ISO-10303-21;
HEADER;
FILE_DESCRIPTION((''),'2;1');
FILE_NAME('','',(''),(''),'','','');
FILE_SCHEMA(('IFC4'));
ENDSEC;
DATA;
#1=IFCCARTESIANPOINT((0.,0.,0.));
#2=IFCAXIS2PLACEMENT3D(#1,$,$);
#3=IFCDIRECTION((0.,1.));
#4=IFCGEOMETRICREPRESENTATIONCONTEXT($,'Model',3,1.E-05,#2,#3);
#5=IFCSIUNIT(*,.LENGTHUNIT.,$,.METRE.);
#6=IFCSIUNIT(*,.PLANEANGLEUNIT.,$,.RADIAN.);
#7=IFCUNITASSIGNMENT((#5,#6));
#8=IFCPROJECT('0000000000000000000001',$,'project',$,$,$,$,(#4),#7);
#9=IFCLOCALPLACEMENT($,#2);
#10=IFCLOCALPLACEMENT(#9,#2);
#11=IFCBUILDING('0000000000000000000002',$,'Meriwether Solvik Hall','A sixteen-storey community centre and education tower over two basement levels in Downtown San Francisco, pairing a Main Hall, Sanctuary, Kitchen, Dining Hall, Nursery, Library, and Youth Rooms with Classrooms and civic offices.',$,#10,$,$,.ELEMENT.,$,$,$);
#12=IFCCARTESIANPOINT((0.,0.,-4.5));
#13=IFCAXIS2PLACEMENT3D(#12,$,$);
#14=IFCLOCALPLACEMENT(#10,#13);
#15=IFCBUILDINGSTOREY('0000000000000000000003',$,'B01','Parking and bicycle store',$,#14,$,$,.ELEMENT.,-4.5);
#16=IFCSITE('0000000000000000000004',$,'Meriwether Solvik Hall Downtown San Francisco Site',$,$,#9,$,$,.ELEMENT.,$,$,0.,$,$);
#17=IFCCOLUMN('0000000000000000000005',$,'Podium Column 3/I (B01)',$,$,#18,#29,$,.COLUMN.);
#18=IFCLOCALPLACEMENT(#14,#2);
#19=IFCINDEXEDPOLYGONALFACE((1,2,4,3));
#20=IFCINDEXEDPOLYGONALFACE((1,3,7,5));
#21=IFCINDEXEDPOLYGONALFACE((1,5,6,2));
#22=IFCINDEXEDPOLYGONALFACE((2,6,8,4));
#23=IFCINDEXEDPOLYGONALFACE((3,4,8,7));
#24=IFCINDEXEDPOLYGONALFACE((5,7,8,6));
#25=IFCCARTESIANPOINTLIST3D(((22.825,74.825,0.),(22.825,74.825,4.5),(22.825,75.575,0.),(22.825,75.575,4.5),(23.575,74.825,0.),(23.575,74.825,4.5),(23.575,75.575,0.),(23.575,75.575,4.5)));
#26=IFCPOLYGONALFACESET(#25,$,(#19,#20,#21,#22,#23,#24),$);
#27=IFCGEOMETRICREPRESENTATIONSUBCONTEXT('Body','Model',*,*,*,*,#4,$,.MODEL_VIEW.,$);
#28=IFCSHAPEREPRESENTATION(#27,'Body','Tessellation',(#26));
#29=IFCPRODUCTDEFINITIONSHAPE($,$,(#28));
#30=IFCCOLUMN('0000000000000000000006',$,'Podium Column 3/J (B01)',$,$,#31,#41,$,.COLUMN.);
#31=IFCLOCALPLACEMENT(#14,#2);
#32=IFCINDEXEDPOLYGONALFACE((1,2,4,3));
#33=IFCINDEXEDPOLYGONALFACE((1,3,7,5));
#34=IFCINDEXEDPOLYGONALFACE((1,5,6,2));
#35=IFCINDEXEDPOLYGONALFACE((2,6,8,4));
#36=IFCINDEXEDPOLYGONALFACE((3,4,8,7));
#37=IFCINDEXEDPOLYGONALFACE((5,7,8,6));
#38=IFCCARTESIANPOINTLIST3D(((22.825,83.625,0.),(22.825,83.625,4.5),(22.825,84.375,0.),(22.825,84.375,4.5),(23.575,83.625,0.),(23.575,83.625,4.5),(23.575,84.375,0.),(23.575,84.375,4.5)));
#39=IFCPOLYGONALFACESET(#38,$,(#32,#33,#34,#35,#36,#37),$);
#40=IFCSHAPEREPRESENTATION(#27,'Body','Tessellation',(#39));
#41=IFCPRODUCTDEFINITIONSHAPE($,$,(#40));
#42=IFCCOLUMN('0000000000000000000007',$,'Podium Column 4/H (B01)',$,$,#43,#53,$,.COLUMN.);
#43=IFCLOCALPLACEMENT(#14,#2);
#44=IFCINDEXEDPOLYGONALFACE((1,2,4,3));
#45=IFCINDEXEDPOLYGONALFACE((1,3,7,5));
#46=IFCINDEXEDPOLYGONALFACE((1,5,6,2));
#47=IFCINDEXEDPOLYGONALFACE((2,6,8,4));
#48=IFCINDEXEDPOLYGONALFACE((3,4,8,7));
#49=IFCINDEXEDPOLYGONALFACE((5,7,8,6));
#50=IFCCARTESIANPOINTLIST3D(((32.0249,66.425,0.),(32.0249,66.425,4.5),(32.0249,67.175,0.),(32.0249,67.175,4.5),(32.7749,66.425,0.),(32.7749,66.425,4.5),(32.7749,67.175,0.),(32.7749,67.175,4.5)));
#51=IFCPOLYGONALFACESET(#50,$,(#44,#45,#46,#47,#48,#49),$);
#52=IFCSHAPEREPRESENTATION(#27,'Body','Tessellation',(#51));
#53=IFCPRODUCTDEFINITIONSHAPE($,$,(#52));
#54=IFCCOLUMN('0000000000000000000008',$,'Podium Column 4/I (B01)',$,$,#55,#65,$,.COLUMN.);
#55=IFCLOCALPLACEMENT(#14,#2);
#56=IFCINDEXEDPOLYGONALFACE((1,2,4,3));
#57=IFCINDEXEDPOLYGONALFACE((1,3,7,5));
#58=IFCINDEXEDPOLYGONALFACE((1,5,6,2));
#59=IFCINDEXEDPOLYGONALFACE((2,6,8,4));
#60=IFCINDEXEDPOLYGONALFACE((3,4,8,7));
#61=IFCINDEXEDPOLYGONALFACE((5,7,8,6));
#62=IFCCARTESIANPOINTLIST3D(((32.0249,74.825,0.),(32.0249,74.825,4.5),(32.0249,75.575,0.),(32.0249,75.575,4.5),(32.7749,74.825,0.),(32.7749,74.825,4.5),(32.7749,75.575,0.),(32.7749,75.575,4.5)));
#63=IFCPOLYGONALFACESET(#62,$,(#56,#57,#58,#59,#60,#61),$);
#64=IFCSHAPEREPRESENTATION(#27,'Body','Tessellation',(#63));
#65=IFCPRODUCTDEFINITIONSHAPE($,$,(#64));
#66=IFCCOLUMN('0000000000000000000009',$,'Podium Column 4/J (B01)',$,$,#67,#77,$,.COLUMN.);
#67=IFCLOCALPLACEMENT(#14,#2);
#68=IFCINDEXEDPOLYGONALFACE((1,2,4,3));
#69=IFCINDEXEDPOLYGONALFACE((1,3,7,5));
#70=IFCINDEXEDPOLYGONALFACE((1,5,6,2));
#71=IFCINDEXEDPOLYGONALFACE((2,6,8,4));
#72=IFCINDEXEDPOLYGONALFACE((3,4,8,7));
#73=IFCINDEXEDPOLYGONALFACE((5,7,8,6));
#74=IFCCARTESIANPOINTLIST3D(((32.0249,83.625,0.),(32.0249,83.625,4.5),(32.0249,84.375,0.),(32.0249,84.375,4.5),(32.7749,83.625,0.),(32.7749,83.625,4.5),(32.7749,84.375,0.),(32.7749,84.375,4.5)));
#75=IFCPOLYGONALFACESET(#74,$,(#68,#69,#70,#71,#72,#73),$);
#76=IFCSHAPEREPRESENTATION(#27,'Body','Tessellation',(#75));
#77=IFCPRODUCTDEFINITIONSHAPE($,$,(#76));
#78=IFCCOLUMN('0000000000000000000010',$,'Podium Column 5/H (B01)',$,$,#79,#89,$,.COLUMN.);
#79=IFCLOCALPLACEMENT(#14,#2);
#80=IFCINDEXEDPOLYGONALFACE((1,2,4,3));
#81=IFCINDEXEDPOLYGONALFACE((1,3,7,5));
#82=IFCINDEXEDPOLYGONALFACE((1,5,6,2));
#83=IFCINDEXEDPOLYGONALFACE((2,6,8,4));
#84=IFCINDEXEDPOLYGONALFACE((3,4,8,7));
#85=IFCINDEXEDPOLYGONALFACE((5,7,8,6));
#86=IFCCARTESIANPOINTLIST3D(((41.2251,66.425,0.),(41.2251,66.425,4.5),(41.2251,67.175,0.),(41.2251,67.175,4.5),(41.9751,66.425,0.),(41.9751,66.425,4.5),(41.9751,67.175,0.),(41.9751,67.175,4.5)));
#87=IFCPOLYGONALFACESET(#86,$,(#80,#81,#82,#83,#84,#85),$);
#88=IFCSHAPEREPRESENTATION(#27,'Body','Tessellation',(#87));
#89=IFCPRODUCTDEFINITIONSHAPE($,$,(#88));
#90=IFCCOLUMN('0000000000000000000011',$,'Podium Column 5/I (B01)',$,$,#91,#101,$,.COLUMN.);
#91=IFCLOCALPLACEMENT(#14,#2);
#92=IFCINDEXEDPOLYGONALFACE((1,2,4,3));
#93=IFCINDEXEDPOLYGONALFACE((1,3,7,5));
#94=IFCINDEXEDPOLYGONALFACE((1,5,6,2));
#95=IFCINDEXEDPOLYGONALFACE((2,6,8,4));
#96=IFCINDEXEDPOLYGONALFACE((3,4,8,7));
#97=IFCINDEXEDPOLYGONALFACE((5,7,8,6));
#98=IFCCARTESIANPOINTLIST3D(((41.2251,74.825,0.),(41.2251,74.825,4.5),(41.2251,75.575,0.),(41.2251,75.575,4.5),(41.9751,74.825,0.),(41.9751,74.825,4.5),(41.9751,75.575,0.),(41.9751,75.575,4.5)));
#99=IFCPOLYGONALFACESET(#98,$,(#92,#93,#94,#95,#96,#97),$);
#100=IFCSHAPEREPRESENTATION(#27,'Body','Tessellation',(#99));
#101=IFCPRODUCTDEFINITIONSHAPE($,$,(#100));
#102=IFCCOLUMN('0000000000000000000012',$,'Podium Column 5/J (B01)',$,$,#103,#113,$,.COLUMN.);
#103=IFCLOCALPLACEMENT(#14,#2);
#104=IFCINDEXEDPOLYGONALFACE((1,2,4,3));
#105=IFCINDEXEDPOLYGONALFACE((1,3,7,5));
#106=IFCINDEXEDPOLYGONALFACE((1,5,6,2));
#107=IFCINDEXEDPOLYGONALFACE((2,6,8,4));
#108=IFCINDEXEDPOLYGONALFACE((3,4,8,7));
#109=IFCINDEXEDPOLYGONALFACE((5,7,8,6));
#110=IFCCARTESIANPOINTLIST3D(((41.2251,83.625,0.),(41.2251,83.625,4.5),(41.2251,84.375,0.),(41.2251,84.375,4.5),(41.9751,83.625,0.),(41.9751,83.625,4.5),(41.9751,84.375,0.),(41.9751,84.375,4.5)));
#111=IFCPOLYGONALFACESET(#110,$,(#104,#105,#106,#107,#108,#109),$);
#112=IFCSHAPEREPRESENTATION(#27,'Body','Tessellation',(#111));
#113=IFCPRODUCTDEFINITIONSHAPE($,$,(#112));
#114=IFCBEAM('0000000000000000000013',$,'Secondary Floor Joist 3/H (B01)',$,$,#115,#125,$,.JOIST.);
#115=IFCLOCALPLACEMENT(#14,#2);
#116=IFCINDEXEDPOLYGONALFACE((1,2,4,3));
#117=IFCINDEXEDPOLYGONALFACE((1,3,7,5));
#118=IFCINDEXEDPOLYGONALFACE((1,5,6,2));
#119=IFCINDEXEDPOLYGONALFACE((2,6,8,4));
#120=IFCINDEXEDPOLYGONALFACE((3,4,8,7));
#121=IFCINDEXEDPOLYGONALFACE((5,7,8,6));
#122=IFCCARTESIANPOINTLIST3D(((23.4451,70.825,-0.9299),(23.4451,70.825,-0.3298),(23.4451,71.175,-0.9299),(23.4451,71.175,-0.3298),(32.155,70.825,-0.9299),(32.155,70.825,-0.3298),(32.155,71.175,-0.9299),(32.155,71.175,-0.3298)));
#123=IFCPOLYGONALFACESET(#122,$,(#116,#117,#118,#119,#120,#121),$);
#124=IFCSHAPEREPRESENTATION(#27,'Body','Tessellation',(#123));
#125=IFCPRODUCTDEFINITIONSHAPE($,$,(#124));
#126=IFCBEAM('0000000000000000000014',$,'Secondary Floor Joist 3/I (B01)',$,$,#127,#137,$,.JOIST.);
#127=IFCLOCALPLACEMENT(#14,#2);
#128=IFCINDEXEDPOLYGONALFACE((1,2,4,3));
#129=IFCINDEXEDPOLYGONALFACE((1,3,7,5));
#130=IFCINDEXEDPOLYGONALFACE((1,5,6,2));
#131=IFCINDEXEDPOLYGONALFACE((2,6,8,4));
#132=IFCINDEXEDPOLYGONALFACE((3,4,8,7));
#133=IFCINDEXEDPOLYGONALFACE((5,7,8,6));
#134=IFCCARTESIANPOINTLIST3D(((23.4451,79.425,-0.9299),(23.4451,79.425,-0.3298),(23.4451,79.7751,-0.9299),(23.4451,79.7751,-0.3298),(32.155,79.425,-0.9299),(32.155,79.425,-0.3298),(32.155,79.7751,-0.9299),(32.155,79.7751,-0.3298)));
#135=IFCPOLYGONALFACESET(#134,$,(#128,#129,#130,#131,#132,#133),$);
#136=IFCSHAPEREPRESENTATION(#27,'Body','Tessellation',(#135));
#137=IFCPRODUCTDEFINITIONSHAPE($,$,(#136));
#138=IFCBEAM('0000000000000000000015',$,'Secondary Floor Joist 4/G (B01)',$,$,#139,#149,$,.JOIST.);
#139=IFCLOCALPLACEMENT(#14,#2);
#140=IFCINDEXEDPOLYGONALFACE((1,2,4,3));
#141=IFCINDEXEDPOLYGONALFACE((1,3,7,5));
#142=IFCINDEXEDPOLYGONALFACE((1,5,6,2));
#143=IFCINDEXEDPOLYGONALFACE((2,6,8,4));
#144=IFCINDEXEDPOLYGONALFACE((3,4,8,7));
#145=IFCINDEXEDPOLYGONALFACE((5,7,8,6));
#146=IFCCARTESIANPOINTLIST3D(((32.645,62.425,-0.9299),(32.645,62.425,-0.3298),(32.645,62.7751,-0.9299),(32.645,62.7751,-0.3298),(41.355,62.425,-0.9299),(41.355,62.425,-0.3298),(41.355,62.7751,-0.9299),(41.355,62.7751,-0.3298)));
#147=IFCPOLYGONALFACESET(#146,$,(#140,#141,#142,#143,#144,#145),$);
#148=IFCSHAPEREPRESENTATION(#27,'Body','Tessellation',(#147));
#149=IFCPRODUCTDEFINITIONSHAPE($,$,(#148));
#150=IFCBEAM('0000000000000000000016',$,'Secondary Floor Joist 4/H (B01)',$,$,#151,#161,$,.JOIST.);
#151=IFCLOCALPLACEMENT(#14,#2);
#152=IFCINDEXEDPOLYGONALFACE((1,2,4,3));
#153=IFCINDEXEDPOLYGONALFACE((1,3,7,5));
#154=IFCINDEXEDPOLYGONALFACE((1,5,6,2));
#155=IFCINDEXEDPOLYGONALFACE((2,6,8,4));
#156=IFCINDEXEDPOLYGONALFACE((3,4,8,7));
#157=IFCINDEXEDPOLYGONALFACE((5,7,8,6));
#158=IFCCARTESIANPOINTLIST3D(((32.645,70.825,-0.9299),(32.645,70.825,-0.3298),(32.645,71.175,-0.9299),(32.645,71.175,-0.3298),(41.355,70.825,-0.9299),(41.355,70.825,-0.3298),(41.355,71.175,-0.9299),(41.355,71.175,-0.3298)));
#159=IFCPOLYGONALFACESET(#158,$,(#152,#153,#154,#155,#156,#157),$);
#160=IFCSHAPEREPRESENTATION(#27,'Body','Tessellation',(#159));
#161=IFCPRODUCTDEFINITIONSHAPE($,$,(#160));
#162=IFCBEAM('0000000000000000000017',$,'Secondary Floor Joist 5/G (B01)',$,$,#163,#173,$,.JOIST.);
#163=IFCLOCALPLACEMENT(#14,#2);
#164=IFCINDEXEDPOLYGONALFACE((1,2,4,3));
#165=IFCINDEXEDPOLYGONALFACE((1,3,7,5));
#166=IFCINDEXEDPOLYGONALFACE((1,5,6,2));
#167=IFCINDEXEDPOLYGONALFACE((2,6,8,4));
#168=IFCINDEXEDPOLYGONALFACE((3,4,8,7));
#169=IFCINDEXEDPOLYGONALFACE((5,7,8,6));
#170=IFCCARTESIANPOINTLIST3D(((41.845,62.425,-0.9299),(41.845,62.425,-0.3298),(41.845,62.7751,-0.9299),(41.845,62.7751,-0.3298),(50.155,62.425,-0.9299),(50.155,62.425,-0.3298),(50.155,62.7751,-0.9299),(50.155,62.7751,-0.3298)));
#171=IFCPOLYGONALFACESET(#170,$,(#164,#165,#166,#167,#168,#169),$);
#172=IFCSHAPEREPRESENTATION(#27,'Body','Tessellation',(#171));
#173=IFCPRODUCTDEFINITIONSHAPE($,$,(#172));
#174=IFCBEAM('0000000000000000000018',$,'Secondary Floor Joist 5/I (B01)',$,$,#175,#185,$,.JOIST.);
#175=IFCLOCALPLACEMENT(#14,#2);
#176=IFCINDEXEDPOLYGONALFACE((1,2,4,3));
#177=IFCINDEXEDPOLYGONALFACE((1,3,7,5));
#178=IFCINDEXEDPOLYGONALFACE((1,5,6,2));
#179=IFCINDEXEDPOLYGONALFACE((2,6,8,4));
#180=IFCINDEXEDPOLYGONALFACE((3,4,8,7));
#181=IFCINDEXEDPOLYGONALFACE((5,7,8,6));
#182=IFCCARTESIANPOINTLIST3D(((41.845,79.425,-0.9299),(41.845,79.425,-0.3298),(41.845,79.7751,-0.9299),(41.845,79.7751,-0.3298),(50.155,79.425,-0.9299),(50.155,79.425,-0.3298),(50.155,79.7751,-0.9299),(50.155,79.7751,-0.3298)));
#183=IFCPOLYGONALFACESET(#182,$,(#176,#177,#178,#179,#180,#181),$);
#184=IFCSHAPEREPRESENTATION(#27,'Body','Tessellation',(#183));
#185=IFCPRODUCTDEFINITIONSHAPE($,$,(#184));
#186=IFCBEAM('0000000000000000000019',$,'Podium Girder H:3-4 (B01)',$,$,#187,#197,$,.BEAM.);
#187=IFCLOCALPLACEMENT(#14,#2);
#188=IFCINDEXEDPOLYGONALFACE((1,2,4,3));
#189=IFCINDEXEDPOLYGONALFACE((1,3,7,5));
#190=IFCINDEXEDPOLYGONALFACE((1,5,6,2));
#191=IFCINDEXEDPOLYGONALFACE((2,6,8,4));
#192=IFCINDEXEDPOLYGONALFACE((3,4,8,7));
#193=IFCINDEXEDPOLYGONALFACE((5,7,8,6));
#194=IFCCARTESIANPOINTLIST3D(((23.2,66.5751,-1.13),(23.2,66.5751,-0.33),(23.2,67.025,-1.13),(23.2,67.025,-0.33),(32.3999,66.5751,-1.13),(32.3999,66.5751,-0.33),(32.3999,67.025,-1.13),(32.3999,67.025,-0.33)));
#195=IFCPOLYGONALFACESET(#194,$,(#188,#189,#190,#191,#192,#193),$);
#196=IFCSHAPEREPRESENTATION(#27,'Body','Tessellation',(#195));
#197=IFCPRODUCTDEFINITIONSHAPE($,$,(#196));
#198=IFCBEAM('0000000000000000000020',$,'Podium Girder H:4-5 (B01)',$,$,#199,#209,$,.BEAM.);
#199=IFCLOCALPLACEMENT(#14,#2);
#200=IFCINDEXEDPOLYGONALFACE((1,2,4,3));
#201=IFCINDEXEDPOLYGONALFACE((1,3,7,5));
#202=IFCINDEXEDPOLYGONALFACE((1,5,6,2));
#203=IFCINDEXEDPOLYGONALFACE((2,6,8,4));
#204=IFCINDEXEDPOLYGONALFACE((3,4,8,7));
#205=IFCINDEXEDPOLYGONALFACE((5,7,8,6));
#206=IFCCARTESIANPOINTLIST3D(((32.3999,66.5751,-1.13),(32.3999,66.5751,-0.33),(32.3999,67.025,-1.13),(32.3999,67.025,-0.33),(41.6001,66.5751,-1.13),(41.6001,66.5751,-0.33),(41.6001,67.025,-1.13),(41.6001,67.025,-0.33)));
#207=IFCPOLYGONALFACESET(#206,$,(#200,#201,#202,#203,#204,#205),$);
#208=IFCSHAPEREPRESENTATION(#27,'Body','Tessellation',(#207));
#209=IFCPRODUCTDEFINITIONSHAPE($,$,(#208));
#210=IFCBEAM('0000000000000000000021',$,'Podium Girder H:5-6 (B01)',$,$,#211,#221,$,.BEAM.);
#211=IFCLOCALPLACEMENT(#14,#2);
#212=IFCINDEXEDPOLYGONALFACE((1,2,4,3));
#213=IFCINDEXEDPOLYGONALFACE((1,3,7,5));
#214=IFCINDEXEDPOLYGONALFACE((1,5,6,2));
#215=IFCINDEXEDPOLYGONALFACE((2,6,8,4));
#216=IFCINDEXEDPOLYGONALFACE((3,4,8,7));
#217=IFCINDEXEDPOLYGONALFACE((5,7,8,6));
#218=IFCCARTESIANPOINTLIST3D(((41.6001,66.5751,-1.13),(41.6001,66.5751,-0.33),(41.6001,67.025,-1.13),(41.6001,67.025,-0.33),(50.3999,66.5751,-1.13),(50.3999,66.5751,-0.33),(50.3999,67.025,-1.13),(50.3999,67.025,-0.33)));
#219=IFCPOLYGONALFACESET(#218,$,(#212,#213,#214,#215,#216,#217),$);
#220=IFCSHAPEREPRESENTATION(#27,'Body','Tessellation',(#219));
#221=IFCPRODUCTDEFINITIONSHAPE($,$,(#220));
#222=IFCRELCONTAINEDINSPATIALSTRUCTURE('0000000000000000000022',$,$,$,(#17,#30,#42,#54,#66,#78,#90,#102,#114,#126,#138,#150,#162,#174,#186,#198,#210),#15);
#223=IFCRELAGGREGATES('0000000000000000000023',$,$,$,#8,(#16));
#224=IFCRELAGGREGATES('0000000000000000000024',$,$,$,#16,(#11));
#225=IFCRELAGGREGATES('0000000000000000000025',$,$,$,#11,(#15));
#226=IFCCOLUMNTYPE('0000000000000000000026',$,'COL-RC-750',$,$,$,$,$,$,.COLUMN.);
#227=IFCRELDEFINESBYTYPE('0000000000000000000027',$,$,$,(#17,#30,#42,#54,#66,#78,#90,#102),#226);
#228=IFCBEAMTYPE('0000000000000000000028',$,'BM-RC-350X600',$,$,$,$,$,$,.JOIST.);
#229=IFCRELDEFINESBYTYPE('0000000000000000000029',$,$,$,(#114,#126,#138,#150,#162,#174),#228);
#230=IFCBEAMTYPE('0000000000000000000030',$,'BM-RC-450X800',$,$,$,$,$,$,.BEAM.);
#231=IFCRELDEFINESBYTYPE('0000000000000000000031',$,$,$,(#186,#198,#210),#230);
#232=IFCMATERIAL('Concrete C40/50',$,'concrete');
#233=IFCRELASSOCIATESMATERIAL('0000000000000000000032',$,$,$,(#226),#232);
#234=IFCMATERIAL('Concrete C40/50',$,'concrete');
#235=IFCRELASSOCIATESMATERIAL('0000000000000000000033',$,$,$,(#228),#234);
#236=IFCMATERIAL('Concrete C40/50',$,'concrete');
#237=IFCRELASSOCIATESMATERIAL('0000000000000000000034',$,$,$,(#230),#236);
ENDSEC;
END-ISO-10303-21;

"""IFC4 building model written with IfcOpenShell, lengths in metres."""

from ifc_helpers import new_model, si_unit, direction, frame, origin, origin_2d, place, context, subcontext, project, spatial, rectangle, extrude, material, material_profile, profile_set, type_object, element, save


model = new_model("IFC4")

# Units and contexts
model_context = context("Model", 3, precision=1e-05, world=origin(), true_north=direction((0.0, 1.0)))
body_context = subcontext(model_context, "Body", "Model", "MODEL_VIEW")
ifc_project = project(units=[si_unit("LENGTHUNIT", "METRE"), si_unit("PLANEANGLEUNIT", "RADIAN")], contexts=[model_context])

# Site, building, storey
site_placement = place(None, origin())
site = spatial("IfcSite", under=ifc_project, at=site_placement, Name="Meriwether Solvik Hall Downtown San Francisco Site", CompositionType="ELEMENT", RefElevation=0.0)
building_placement = place(site_placement, origin())
building = spatial("IfcBuilding", under=site, at=building_placement, Name="Meriwether Solvik Hall", Description="A sixteen-storey community centre and education tower over two basement levels in Downtown San Francisco, pairing a Main Hall, Sanctuary, Kitchen, Dining Hall, Nursery, Library, and Youth Rooms with Classrooms and civic offices.", CompositionType="ELEMENT")
storey_placement = place(building_placement, frame((0.0, 0.0, -4.5)))
storey = spatial("IfcBuildingStorey", under=building, at=storey_placement, Name="B01", Description="Parking and bicycle store", CompositionType="ELEMENT", Elevation=-4.5)

# Columns
ifc_material_1 = material(Name="Concrete C40/50", Category="concrete")
ifc_material_profile_1 = material_profile(ifc_material_1, rectangle(XDim=0.75, YDim=0.75, at=origin_2d()), Name="RCC-750X750")
ifc_profile_set_1 = profile_set([ifc_material_profile_1], Name="Concrete C40/50")
column_type = type_object("IfcColumnType", Name="COL-RC-750", PredefinedType="COLUMN", material=ifc_profile_set_1)
for number, where, z_axis, x_axis, name in (
    (1, (23.2, 75.2, 0.0), (0.0, 0.0, 1.0), (1.0, 0.0, 0.0), "Podium Column 3/I (B01)"),
    (2, (23.2, 84.0, 0.0), (0.0, 0.0, 1.0), (1.0, 0.0, 0.0), "Podium Column 3/J (B01)"),
    (3, (32.3999, 66.8, 0.0), (0.0, 0.0, 1.0), (1.0, 0.0, 0.0), "Podium Column 4/H (B01)"),
    (4, (32.3999, 75.2, 0.0), (0.0, 0.0, 1.0), (1.0, 0.0, 0.0), "Podium Column 4/I (B01)"),
    (5, (32.3999, 84.0, 0.0), (0.0, 0.0, 1.0), (1.0, 0.0, 0.0), "Podium Column 4/J (B01)"),
    (6, (41.6001, 66.8, 0.0), (0.0, 0.0, 1.0), (1.0, 0.0, 0.0), "Podium Column 5/H (B01)"),
    (7, (41.6001, 75.2, 0.0), (0.0, 0.0, 1.0), (1.0, 0.0, 0.0), "Podium Column 5/I (B01)"),
    (8, (41.6001, 84.0, 0.0), (0.0, 0.0, 1.0), (1.0, 0.0, 0.0), "Podium Column 5/J (B01)"),
):
    element("IfcColumn", number, at=place(storey_placement, frame(where, z_axis=z_axis, x_axis=x_axis)), inside=storey, type_object=column_type, Name=name, PredefinedType="COLUMN", context=body_context, shape_type="SweptSolid", body=[
        extrude(rectangle(XDim=0.75, YDim=0.75, at=origin_2d()), origin(), (0.0, 0.0, 1.0), 4.5),
    ])

# Beams
ifc_material_2 = material(Name="Concrete C40/50", Category="concrete")
ifc_material_profile_2 = material_profile(ifc_material_2, rectangle(XDim=0.3501, YDim=0.6001, at=origin_2d()), Name="RCB-350X600")
ifc_profile_set_2 = profile_set([ifc_material_profile_2], Name="Concrete C40/50")
beam_type_1 = type_object("IfcBeamType", Name="BM-RC-350X600", PredefinedType="JOIST", material=ifc_profile_set_2)
for number, where, z_axis, x_axis, name in (
    (9, (23.4451, 71.0, -0.6299), (1.0, 0.0, 0.0), (0.0, 1.0, 0.0), "Secondary Floor Joist 3/H (B01)"),
    (10, (23.4451, 79.6001, -0.6299), (1.0, 0.0, 0.0), (0.0, 1.0, 0.0), "Secondary Floor Joist 3/I (B01)"),
    (11, (32.645, 62.6001, -0.6299), (1.0, 0.0, 0.0), (0.0, 1.0, 0.0), "Secondary Floor Joist 4/G (B01)"),
    (12, (32.645, 71.0, -0.6299), (1.0, 0.0, 0.0), (0.0, 1.0, 0.0), "Secondary Floor Joist 4/H (B01)"),
):
    element("IfcBeam", number, at=place(storey_placement, frame(where, z_axis=z_axis, x_axis=x_axis)), inside=storey, type_object=beam_type_1, Name=name, PredefinedType="JOIST", context=body_context, shape_type="SweptSolid", body=[
        extrude(rectangle(XDim=0.3501, YDim=0.6001, at=origin_2d()), origin(), (0.0, 0.0, 1.0), 8.71),
    ])
for number, where, z_axis, x_axis, name in (
    (13, (41.845, 62.6001, -0.6299), (1.0, 0.0, 0.0), (0.0, 1.0, 0.0), "Secondary Floor Joist 5/G (B01)"),
    (14, (41.845, 79.6001, -0.6299), (1.0, 0.0, 0.0), (0.0, 1.0, 0.0), "Secondary Floor Joist 5/I (B01)"),
):
    element("IfcBeam", number, at=place(storey_placement, frame(where, z_axis=z_axis, x_axis=x_axis)), inside=storey, type_object=beam_type_1, Name=name, PredefinedType="JOIST", context=body_context, shape_type="SweptSolid", body=[
        extrude(rectangle(XDim=0.3501, YDim=0.6001, at=origin_2d()), origin(), (0.0, 0.0, 1.0), 8.3101),
    ])
ifc_material_3 = material(Name="Concrete C40/50", Category="concrete")
ifc_material_profile_3 = material_profile(ifc_material_3, rectangle(XDim=0.45, YDim=0.8, at=origin_2d()), Name="RCB-450X800")
ifc_profile_set_3 = profile_set([ifc_material_profile_3], Name="Concrete C40/50")
beam_type_2 = type_object("IfcBeamType", Name="BM-RC-450X800", PredefinedType="BEAM", material=ifc_profile_set_3)
beam_1_placement = place(storey_placement, frame((23.2, 66.8, -0.73), z_axis=(1.0, 0.0, 0.0), x_axis=(0.0, 1.0, 0.0)))
element("IfcBeam", 15, at=beam_1_placement, inside=storey, type_object=beam_type_2, Name="Podium Girder H:3-4 (B01)", PredefinedType="BEAM", context=body_context, shape_type="SweptSolid", body=[
    extrude(rectangle(XDim=0.45, YDim=0.8, at=origin_2d()), origin(), (0.0, 0.0, 1.0), 9.2),
])
beam_2_placement = place(storey_placement, frame((32.3999, 66.8, -0.73), z_axis=(1.0, 0.0, 0.0), x_axis=(0.0, 1.0, 0.0)))
element("IfcBeam", 16, at=beam_2_placement, inside=storey, type_object=beam_type_2, Name="Podium Girder H:4-5 (B01)", PredefinedType="BEAM", context=body_context, shape_type="SweptSolid", body=[
    extrude(rectangle(XDim=0.45, YDim=0.8, at=origin_2d()), origin(), (0.0, 0.0, 1.0), 9.2002),
])
beam_3_placement = place(storey_placement, frame((41.6001, 66.8, -0.73), z_axis=(1.0, 0.0, 0.0), x_axis=(0.0, 1.0, 0.0)))
element("IfcBeam", 17, at=beam_3_placement, inside=storey, type_object=beam_type_2, Name="Podium Girder H:5-6 (B01)", PredefinedType="BEAM", context=body_context, shape_type="SweptSolid", body=[
    extrude(rectangle(XDim=0.45, YDim=0.8, at=origin_2d()), origin(), (0.0, 0.0, 1.0), 8.7998),
])

save(model, "model.ifc")
